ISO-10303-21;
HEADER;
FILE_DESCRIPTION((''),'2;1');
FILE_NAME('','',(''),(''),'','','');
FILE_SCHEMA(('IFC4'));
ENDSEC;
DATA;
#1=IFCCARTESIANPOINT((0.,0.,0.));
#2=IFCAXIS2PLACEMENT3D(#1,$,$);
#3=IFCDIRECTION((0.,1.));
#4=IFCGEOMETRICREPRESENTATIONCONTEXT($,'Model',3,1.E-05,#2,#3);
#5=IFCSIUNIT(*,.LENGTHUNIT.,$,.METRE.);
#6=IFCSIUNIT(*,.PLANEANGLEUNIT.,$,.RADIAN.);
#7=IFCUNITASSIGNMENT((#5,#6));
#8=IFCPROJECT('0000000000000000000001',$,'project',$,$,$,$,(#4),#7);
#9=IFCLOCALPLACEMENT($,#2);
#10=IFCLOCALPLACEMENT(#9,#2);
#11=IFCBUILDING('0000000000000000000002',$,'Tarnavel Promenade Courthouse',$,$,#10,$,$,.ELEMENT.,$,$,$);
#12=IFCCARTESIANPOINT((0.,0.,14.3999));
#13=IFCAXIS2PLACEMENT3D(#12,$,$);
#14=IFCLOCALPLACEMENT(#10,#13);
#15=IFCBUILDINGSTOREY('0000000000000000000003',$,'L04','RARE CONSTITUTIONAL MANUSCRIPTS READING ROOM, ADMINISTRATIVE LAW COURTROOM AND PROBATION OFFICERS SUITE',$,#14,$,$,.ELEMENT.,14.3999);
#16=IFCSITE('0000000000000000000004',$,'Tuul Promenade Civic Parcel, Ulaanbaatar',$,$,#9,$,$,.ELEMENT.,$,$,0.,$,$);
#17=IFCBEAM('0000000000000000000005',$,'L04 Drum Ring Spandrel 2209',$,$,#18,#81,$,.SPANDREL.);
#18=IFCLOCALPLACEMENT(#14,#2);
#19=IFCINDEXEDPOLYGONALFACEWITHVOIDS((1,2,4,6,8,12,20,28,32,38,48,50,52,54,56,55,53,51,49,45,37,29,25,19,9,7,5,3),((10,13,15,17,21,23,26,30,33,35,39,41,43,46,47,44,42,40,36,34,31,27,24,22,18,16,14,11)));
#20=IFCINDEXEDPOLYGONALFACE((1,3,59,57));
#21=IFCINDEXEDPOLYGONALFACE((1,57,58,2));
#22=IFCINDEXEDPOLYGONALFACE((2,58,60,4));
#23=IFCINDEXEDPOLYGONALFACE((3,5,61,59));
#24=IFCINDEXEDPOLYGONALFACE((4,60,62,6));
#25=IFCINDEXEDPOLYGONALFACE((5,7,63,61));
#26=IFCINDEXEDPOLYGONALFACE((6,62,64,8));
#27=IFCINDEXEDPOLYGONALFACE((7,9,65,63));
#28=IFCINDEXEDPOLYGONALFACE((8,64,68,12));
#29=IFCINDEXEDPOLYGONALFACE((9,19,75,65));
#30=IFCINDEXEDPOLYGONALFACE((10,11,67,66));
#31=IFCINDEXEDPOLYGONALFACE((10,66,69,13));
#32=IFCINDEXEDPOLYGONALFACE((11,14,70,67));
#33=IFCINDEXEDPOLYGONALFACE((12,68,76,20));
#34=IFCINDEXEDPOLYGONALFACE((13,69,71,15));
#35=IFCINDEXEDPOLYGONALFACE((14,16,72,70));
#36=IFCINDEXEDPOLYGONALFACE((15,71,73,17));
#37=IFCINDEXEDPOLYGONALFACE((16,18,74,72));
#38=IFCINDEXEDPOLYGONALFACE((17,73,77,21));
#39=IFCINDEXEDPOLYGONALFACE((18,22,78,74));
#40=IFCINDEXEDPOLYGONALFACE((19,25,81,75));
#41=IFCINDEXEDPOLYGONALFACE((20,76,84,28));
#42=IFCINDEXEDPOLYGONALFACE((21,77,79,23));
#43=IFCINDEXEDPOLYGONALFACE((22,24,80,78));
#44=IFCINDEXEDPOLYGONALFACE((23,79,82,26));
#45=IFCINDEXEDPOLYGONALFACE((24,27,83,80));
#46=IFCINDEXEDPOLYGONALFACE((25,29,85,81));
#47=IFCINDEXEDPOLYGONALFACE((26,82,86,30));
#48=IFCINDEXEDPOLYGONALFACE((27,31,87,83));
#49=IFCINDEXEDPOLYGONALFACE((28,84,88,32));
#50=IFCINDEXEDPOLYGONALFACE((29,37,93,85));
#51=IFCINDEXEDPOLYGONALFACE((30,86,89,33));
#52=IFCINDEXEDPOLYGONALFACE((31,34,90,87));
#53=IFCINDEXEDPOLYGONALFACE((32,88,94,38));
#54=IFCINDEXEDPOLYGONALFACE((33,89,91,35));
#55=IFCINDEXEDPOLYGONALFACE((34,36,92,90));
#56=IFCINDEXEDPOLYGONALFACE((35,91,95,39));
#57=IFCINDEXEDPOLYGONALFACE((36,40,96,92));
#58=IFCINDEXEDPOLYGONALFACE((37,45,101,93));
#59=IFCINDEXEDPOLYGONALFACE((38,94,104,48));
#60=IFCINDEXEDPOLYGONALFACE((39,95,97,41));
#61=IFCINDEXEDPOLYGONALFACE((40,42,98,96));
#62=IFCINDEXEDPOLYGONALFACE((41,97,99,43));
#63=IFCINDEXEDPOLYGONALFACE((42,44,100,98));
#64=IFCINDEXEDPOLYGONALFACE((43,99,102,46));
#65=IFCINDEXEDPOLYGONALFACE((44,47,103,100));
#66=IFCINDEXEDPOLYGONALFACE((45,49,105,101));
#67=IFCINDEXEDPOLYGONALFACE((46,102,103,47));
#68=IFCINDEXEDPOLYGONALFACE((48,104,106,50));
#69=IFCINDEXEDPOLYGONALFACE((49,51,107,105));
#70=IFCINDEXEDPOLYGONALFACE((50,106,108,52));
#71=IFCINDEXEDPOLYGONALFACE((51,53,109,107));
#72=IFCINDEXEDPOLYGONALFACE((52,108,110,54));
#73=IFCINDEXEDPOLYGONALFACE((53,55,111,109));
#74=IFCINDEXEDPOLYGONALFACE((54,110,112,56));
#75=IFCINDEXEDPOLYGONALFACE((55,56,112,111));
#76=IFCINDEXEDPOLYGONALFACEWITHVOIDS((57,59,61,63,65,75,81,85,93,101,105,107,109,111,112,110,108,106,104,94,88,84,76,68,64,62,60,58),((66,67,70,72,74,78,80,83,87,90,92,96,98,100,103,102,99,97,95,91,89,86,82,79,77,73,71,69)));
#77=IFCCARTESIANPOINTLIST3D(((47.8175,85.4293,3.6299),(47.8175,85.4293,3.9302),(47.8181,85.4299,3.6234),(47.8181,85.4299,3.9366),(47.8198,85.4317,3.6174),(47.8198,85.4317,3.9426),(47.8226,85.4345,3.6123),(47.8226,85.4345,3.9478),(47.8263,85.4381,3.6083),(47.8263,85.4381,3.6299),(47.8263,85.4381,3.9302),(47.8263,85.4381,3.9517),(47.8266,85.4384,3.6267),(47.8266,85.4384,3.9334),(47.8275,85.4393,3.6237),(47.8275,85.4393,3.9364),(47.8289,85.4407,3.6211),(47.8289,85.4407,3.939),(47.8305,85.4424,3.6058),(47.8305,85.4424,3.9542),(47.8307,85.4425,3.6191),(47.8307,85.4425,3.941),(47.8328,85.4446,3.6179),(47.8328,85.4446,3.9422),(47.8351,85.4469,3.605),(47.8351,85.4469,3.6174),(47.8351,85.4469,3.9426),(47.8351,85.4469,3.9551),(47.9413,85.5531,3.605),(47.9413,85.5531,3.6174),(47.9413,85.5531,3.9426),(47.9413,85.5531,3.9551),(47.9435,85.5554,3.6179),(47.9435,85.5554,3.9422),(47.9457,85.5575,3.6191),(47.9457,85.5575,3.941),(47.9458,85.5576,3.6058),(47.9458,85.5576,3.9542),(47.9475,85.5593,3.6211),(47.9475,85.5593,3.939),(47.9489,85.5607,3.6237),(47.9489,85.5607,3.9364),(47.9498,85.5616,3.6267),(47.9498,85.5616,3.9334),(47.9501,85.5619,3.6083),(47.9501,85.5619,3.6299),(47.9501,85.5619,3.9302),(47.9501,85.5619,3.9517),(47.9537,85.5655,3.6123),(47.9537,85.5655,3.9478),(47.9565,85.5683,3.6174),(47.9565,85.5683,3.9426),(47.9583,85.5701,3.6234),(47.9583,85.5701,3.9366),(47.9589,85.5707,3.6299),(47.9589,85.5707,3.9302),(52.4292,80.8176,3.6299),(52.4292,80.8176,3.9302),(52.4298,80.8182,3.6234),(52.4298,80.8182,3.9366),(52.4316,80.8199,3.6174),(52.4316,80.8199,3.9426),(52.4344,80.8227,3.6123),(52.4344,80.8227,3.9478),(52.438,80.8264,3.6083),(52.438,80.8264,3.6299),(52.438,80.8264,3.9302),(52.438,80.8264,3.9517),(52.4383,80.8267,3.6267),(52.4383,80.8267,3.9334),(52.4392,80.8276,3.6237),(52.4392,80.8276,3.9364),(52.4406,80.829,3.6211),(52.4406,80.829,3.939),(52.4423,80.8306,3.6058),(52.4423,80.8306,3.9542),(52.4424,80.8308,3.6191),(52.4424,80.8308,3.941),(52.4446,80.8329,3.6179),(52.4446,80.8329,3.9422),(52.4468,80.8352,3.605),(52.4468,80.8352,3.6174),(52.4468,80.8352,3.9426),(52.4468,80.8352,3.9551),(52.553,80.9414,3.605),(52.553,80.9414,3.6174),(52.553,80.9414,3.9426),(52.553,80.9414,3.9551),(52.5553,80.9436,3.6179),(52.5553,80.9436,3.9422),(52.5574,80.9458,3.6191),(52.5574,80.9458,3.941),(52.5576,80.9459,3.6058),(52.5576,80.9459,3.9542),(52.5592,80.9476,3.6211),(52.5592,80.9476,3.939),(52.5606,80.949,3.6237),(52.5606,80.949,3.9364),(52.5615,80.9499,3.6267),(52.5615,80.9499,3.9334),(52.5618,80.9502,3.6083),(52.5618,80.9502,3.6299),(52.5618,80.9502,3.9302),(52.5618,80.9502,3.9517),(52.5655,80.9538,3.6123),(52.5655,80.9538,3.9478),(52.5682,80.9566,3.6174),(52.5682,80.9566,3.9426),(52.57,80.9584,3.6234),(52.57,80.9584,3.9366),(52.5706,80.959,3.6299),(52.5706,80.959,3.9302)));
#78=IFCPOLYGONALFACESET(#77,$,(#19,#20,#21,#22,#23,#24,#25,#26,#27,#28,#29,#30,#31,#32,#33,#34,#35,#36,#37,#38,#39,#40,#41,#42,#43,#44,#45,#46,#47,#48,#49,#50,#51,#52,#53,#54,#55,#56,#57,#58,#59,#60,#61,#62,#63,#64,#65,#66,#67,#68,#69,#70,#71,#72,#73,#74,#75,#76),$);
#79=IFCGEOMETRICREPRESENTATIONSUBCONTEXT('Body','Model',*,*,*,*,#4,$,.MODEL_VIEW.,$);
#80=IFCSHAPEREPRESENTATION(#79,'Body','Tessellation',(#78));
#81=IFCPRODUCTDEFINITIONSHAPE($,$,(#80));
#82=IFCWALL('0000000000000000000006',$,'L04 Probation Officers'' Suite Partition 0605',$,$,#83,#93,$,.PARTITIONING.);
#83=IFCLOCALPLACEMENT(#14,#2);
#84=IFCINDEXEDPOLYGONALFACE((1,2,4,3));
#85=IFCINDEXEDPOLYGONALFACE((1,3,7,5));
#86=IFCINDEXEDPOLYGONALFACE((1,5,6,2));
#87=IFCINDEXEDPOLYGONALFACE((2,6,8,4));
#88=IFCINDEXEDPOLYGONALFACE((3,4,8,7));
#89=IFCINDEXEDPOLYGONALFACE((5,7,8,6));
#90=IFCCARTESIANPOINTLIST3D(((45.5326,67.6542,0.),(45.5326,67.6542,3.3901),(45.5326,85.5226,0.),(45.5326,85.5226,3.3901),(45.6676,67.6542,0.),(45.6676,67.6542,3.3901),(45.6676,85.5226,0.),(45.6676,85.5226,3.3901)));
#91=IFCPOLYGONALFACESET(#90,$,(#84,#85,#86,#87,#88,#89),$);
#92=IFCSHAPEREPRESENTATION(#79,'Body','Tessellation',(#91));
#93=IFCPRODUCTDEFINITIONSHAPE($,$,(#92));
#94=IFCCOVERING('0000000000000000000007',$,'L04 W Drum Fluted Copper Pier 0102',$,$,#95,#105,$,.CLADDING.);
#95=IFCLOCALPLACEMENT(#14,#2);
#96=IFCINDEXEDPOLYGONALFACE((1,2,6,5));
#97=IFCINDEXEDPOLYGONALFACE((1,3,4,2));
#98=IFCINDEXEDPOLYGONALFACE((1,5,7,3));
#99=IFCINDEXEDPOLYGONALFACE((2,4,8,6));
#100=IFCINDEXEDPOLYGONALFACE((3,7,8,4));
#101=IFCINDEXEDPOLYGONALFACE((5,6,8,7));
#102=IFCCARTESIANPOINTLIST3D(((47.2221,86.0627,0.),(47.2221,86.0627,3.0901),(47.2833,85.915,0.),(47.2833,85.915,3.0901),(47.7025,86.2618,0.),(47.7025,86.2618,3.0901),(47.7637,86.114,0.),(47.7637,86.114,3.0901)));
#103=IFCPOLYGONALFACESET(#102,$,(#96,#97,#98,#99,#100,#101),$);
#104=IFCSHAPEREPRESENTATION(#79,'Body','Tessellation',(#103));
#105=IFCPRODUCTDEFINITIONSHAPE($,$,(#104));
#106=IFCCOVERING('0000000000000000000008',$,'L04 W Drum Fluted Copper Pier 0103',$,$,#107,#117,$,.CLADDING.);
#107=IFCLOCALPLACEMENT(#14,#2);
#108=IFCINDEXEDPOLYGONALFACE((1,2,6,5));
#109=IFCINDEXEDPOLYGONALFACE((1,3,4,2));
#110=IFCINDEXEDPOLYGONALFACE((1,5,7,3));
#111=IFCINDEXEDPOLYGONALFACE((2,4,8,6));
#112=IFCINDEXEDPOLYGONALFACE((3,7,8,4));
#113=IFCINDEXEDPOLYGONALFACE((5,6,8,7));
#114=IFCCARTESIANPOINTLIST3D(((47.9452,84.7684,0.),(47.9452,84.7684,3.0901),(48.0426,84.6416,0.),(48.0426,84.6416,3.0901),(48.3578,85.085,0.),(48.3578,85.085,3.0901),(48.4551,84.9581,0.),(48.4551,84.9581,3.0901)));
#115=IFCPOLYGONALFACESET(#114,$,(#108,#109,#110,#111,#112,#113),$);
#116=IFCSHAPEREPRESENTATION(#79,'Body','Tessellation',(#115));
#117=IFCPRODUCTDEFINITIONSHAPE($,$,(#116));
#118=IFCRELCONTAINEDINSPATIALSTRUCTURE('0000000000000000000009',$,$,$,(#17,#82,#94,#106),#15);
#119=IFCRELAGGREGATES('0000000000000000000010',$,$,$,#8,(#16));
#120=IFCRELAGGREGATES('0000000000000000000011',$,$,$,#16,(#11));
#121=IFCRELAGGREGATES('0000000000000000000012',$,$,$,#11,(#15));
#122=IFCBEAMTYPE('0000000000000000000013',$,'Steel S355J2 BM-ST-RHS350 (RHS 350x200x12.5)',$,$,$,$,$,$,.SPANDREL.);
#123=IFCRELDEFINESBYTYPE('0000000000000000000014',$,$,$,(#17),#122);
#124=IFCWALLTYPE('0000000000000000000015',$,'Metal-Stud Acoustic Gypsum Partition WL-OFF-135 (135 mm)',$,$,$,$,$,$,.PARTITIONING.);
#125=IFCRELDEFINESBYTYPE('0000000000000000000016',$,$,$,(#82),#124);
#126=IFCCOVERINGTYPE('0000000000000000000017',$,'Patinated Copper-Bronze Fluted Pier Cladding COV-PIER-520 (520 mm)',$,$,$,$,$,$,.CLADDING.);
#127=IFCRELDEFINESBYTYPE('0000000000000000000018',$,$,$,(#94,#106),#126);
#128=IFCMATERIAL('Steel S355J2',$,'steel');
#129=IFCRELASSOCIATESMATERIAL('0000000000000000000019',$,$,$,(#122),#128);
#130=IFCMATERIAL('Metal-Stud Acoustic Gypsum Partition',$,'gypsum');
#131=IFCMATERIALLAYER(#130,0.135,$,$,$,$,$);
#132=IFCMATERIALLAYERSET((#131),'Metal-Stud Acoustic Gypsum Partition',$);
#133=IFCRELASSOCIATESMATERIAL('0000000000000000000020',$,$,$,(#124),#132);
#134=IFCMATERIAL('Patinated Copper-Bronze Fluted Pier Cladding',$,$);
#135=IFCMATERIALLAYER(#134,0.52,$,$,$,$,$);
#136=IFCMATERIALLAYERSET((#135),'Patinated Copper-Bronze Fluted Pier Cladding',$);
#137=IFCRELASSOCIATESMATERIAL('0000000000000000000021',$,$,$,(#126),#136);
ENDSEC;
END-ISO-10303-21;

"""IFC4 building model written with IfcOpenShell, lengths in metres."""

from ifc_helpers import new_model, si_unit, direction, frame, frame_2d, origin, origin_2d, place, context, subcontext, project, spatial, rectangle, hollow_rectangle, extrude, material, layer, layer_set, material_profile, profile_set, type_object, element, save


model = new_model("IFC4")

# Units and contexts
model_context = context("Model", 3, precision=1e-05, world=origin(), true_north=direction((0.0, 1.0)))
body_context = subcontext(model_context, "Body", "Model", "MODEL_VIEW")
ifc_project = project(units=[si_unit("LENGTHUNIT", "METRE"), si_unit("PLANEANGLEUNIT", "RADIAN")], contexts=[model_context])

# Site, building, storey
site_placement = place(None, origin())
site = spatial("IfcSite", under=ifc_project, at=site_placement, Name="Tuul Promenade Civic Parcel, Ulaanbaatar", CompositionType="ELEMENT", RefElevation=0.0)
building_placement = place(site_placement, origin())
building = spatial("IfcBuilding", under=site, at=building_placement, Name="Tarnavel Promenade Courthouse", CompositionType="ELEMENT")
storey_placement = place(building_placement, frame((0.0, 0.0, 14.3999)))
storey = spatial("IfcBuildingStorey", under=building, at=storey_placement, Name="L04", Description="RARE CONSTITUTIONAL MANUSCRIPTS READING ROOM, ADMINISTRATIVE LAW COURTROOM AND PROBATION OFFICERS SUITE", CompositionType="ELEMENT", Elevation=14.3999)

# Beam
ifc_material_1 = material(Name="Steel S355J2", Category="steel")
ifc_material_profile_1 = material_profile(ifc_material_1, hollow_rectangle(XDim=0.2, YDim=0.3501, WallThickness=0.0125, InnerFilletRadius=0.0125, OuterFilletRadius=0.0249, at=origin_2d()), Name="RHS 350x200x12.5")
ifc_profile_set_1 = profile_set([ifc_material_profile_1], Name="Steel S355J2")
beam_type_1 = type_object("IfcBeamType", Name="Steel S355J2 BM-ST-RHS350 (RHS 350x200x12.5)", PredefinedType="SPANDREL", material=ifc_profile_set_1)
beam_1_placement = place(storey_placement, frame((47.8882, 85.5, 3.78), z_axis=(0.707107, -0.707107, 0.0), x_axis=(0.707107, 0.707107, 0.0)))
element("IfcBeam", 1, at=beam_1_placement, inside=storey, type_object=beam_type_1, Name="L04 Drum Ring Spandrel 2209", PredefinedType="SPANDREL", context=body_context, shape_type="SweptSolid", body=[
    extrude(hollow_rectangle(XDim=0.2, YDim=0.3501, WallThickness=0.0125, InnerFilletRadius=0.0125, OuterFilletRadius=0.0249, at=origin_2d()), origin(), (0.0, 0.0, 1.0), 6.522),
])

# Wall
ifc_material_2 = material(Name="Metal-Stud Acoustic Gypsum Partition", Category="gypsum")
ifc_layer_1 = layer(ifc_material_2, 0.135)
ifc_layer_set_1 = layer_set([ifc_layer_1], Name="Metal-Stud Acoustic Gypsum Partition")
wall_type = type_object("IfcWallType", Name="Metal-Stud Acoustic Gypsum Partition WL-OFF-135 (135 mm)", PredefinedType="PARTITIONING", material=ifc_layer_set_1)
wall_placement = place(storey_placement, frame((45.6001, 85.5225, 0.0), z_axis=(0.0, 0.0, 1.0), x_axis=(0.0, -1.0, 0.0)))
element("IfcWall", 2, at=wall_placement, inside=storey, type_object=wall_type, Name="L04 Probation Officers' Suite Partition 0605", PredefinedType="PARTITIONING", context=body_context, shape_type="SweptSolid", body=[
    extrude(rectangle(XDim=17.8684, YDim=0.135, at=frame_2d((8.9341, 0.0))), origin(), (0.0, 0.0, 1.0), 3.3901),
])

# Coverings
ifc_material_3 = material(Name="Patinated Copper-Bronze Fluted Pier Cladding")
ifc_layer_2 = layer(ifc_material_3, 0.52)
ifc_layer_set_2 = layer_set([ifc_layer_2], Name="Patinated Copper-Bronze Fluted Pier Cladding")
covering_type = type_object("IfcCoveringType", Name="Patinated Copper-Bronze Fluted Pier Cladding COV-PIER-520 (520 mm)", PredefinedType="CLADDING", material=ifc_layer_set_2)
for number, where, z_axis, x_axis, name in (
    (3, (47.4929, 86.0884, 0.0), (0.0, 0.0, 1.0), (0.382683, -0.92388, 0.0), "L04 W Drum Fluted Copper Pier 0102"),
    (4, (48.2002, 84.8633, 0.0), (0.0, 0.0, 1.0), (0.608761, -0.793353, 0.0), "L04 W Drum Fluted Copper Pier 0103"),
):
    element("IfcCovering", number, at=place(storey_placement, frame(where, z_axis=z_axis, x_axis=x_axis)), inside=storey, type_object=covering_type, Name=name, PredefinedType="CLADDING", context=body_context, shape_type="SweptSolid", body=[
        extrude(rectangle(XDim=0.1599, YDim=0.52, at=origin_2d()), origin(), (0.0, 0.0, 1.0), 3.0901),
    ])

save(model, "model.ifc")
